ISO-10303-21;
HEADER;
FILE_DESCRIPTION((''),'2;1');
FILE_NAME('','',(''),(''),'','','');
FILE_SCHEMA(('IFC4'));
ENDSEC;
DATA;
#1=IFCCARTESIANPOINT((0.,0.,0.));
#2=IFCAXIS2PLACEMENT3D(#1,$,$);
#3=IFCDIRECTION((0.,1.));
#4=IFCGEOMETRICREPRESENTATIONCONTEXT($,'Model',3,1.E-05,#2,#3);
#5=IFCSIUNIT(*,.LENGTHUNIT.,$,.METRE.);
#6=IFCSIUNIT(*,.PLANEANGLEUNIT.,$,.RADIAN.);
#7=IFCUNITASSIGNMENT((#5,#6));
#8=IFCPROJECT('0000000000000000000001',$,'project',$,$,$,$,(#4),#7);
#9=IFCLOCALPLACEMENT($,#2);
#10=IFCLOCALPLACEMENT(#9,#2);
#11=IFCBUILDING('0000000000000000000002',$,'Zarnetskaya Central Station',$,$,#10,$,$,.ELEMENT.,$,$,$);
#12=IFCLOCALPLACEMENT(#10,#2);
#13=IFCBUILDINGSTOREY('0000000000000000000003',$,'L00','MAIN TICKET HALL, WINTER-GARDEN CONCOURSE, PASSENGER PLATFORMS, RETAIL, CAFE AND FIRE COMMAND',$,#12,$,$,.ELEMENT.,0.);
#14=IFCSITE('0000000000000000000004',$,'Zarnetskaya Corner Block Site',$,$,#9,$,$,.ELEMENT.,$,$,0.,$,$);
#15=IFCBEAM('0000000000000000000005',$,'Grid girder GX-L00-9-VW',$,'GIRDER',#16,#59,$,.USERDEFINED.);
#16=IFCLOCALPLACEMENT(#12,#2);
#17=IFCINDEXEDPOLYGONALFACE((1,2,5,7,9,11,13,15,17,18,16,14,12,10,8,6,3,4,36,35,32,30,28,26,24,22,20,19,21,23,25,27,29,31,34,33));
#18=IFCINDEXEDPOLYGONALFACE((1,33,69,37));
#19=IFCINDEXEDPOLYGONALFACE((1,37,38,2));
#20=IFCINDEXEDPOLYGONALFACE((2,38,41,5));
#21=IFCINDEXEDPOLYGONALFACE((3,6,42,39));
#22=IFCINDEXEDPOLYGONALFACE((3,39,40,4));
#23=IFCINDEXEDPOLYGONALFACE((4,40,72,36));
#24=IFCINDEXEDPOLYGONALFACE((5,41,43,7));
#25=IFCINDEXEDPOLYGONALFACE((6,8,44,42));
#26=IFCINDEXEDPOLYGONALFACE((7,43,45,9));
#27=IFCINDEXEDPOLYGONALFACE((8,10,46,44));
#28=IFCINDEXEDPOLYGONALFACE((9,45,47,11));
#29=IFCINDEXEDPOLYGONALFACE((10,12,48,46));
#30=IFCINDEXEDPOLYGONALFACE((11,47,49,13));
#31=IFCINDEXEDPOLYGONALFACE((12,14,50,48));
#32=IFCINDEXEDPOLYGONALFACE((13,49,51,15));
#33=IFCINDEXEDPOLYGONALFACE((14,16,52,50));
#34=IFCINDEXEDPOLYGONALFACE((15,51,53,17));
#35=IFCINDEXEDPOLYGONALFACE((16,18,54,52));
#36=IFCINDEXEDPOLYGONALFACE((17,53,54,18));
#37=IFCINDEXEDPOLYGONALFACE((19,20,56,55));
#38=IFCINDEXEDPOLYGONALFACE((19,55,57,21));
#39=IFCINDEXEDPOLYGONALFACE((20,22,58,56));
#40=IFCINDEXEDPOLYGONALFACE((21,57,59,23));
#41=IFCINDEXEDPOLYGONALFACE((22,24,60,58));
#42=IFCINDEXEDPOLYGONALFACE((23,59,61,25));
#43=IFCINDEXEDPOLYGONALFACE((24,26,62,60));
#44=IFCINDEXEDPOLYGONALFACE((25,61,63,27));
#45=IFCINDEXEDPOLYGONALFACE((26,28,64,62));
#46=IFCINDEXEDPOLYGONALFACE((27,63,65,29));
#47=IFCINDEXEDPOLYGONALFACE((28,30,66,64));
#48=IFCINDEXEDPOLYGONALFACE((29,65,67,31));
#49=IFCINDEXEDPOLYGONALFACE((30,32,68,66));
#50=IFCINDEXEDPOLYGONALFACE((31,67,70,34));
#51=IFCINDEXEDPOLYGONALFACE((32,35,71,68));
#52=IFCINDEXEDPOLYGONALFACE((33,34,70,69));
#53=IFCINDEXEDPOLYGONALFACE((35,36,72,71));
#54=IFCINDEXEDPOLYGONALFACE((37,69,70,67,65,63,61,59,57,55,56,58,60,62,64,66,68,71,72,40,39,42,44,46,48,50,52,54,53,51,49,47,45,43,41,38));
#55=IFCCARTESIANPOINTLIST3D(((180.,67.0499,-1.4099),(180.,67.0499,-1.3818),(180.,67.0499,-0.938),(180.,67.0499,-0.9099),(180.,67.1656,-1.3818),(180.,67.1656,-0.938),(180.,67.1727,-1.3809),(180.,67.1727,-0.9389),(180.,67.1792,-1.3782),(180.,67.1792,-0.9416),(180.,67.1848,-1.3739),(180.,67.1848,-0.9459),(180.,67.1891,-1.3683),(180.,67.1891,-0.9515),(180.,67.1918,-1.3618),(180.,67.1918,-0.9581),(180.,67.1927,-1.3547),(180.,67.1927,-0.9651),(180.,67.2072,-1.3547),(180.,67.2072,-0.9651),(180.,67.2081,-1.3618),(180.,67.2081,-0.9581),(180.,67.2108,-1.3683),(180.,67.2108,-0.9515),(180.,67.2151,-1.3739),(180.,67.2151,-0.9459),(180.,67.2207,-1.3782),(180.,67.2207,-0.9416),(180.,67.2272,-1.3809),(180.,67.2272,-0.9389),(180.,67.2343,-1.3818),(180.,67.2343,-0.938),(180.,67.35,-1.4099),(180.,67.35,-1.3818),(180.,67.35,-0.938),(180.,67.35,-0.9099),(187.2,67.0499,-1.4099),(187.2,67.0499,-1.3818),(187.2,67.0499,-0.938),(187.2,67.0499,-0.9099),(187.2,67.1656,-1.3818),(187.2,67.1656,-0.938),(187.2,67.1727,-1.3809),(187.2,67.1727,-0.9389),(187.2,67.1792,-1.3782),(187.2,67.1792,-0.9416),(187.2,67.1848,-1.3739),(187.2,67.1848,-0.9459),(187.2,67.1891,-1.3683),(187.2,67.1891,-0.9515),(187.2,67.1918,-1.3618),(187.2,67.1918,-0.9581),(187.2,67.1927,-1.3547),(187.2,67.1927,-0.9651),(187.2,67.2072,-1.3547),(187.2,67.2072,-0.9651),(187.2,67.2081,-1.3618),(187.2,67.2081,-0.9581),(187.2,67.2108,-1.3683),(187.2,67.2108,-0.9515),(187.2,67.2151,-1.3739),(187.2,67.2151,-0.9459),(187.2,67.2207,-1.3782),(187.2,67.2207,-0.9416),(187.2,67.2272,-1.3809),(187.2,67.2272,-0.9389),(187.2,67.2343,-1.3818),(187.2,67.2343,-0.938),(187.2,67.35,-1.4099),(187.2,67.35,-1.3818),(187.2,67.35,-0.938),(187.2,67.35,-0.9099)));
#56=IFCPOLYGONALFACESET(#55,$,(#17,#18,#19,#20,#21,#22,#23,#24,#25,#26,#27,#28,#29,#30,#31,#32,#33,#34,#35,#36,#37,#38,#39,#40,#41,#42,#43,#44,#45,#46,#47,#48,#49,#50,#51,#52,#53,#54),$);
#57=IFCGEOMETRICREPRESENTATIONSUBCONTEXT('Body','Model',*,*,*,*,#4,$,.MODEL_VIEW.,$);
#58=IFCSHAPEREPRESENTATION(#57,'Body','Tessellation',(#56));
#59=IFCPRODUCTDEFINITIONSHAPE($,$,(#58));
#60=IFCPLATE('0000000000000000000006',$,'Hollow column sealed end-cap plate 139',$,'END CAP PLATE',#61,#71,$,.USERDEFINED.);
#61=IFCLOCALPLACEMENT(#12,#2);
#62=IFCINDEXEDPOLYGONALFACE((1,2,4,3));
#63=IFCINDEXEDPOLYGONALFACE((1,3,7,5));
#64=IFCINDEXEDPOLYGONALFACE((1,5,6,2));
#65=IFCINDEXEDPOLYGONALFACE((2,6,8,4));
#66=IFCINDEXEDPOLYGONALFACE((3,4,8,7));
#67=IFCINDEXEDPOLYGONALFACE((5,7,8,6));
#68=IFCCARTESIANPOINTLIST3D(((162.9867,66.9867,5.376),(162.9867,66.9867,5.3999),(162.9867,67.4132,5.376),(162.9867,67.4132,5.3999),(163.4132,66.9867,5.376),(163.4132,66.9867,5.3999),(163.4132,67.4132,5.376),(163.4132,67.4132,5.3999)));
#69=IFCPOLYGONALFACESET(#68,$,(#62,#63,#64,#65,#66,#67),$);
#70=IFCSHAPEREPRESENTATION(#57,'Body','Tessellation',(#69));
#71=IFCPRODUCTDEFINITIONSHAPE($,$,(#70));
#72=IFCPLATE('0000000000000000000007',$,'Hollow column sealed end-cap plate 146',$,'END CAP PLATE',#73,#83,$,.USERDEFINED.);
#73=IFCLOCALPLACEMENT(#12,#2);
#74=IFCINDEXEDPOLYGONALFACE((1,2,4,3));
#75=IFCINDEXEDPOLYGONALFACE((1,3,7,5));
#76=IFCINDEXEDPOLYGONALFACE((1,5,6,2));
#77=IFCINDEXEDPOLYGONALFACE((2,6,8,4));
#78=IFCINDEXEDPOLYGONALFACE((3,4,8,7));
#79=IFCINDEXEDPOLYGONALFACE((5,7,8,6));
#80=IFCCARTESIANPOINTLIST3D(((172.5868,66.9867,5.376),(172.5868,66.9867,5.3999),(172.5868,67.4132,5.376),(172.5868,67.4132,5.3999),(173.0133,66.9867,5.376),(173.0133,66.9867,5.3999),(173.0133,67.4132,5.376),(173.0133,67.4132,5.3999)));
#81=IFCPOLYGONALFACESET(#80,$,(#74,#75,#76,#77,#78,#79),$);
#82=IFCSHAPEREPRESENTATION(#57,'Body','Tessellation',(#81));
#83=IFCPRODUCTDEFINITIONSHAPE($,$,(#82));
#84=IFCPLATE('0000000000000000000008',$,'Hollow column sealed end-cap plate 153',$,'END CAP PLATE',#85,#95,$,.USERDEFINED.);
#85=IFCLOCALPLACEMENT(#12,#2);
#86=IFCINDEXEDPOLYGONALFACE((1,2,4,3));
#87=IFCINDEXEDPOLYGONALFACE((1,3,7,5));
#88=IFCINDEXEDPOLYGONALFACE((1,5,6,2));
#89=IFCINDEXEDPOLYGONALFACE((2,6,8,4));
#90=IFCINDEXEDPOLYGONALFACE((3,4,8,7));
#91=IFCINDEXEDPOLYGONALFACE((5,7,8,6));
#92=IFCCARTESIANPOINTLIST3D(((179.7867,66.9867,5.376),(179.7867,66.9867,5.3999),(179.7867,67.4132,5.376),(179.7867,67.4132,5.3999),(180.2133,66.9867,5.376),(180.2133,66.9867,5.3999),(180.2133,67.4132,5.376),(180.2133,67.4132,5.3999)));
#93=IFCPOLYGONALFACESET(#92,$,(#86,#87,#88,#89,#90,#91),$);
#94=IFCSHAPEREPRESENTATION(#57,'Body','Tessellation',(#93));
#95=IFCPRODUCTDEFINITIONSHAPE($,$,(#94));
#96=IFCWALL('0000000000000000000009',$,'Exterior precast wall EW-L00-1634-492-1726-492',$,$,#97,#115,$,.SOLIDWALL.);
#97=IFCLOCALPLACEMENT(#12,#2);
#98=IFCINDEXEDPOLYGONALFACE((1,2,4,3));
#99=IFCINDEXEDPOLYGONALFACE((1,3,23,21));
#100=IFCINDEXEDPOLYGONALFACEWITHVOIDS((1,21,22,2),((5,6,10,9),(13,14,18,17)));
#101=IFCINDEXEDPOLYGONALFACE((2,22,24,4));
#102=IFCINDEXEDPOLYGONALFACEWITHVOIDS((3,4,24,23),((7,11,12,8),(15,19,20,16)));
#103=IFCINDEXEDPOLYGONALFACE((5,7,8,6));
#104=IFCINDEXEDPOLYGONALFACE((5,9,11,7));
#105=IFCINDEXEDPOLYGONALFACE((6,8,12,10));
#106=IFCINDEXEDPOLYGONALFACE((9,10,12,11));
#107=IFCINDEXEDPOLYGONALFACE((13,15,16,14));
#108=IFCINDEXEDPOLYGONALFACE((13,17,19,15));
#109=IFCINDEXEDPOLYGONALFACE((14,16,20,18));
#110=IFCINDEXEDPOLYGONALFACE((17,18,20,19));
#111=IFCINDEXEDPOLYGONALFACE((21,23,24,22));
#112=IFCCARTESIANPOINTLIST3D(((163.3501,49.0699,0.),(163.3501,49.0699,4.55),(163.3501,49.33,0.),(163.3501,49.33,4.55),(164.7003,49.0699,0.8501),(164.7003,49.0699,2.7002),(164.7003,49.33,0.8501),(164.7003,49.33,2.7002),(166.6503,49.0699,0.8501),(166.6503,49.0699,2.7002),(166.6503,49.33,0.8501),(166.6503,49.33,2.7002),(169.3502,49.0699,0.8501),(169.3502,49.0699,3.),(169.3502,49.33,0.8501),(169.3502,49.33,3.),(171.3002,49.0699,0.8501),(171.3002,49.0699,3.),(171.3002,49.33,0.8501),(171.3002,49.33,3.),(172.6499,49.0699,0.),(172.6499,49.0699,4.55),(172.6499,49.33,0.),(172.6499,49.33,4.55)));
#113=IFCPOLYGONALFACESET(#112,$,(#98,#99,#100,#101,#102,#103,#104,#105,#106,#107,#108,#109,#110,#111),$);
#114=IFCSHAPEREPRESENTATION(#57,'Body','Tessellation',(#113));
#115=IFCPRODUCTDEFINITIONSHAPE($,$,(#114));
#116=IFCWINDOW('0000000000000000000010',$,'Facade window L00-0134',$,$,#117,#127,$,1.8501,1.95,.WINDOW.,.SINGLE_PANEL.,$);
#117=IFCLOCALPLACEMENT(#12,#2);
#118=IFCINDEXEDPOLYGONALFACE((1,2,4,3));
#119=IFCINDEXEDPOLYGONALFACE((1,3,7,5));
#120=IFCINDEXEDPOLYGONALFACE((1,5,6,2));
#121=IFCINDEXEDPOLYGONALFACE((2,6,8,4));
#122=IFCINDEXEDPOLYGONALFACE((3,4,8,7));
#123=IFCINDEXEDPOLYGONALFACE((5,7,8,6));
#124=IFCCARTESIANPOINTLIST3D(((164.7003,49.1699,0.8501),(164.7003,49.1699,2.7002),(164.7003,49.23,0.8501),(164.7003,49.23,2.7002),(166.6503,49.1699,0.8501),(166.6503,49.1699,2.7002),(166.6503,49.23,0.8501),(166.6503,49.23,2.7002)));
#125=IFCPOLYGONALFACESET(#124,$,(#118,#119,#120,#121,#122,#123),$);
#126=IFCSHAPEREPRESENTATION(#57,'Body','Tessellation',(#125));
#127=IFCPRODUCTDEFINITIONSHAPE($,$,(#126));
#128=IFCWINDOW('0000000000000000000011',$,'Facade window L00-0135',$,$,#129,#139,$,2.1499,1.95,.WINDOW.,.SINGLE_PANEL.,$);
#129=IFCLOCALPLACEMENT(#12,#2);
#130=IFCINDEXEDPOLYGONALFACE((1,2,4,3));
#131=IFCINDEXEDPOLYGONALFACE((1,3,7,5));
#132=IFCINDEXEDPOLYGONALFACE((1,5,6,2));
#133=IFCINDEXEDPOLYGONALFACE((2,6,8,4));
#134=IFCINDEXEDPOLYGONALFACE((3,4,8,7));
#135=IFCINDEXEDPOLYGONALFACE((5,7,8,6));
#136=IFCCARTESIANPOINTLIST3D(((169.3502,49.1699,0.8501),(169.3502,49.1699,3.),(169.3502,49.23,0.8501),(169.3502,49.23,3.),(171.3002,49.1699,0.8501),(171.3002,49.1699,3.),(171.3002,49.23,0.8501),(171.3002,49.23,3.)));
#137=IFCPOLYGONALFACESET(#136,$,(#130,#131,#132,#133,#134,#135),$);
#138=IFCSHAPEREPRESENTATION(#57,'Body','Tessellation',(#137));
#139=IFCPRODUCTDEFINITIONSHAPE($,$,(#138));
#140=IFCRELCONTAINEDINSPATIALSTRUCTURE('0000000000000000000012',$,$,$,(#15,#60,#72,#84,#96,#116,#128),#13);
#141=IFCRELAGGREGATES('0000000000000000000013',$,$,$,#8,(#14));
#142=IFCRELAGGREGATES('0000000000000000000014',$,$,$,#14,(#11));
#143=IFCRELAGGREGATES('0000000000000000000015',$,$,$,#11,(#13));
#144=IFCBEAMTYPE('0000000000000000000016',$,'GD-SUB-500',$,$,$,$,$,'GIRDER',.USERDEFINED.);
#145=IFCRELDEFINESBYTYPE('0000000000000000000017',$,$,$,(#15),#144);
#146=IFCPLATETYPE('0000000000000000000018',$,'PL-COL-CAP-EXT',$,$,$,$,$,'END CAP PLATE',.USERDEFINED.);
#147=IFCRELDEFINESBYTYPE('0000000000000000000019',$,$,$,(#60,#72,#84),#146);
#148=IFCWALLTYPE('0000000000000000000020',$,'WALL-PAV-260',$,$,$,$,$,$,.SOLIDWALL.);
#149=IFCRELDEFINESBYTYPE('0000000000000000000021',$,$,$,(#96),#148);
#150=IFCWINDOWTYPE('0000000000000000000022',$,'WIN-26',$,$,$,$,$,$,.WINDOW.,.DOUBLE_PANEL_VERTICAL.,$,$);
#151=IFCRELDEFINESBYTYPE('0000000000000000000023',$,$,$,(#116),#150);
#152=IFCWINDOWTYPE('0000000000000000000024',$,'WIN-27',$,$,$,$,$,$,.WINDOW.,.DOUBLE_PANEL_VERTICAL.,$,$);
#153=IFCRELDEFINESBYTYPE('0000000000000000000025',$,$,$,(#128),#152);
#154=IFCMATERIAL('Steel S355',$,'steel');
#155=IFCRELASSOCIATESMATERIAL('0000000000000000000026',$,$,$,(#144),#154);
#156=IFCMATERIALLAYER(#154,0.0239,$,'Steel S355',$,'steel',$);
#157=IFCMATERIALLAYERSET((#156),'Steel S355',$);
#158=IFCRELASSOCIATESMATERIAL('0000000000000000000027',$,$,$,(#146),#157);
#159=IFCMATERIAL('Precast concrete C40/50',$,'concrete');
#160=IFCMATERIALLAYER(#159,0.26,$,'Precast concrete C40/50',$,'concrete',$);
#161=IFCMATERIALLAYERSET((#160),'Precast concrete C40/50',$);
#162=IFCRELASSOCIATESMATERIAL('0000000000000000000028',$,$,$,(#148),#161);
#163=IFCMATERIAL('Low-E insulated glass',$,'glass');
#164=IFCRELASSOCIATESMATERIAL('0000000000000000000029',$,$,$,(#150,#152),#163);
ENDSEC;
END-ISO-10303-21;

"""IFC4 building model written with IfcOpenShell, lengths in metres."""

from ifc_helpers import new_model, si_unit, direction, frame, frame_2d, origin, origin_2d, place, context, subcontext, project, spatial, rectangle, i_section, extrude, material, layer, layer_set, material_profile, profile_set, type_object, element, fill, save


model = new_model("IFC4")

# Units and contexts
model_context = context("Model", 3, precision=1e-05, world=origin(), true_north=direction((0.0, 1.0)))
body_context = subcontext(model_context, "Body", "Model", "MODEL_VIEW")
ifc_project = project(units=[si_unit("LENGTHUNIT", "METRE"), si_unit("PLANEANGLEUNIT", "RADIAN")], contexts=[model_context])

# Site, building, storey
site_placement = place(None, origin())
site = spatial("IfcSite", under=ifc_project, at=site_placement, Name="Zarnetskaya Corner Block Site", CompositionType="ELEMENT", RefElevation=0.0)
building_placement = place(site_placement, origin())
building = spatial("IfcBuilding", under=site, at=building_placement, Name="Zarnetskaya Central Station", CompositionType="ELEMENT")
storey_placement = place(building_placement, origin())
storey = spatial("IfcBuildingStorey", under=building, at=storey_placement, Name="L00", Description="MAIN TICKET HALL, WINTER-GARDEN CONCOURSE, PASSENGER PLATFORMS, RETAIL, CAFE AND FIRE COMMAND", CompositionType="ELEMENT", Elevation=0.0)

# Shared definitions
ifc_material_1 = material(Name="Steel S355", Category="steel")

# Beam
ifc_material_profile_1 = material_profile(ifc_material_1, i_section(OverallWidth=0.3, OverallDepth=0.5, WebThickness=0.0144, FlangeThickness=0.0281, FilletRadius=0.0271, at=origin_2d()), Name="HEB 500")
ifc_profile_set_1 = profile_set([ifc_material_profile_1], Name="Steel S355")
beam_type_1 = type_object("IfcBeamType", Name="GD-SUB-500", ElementType="GIRDER", PredefinedType="USERDEFINED", material=ifc_profile_set_1)
for number, where, z_axis, x_axis, name in (
    (1, (180.0, 67.2, -1.1599), (1.0, 0.0, 0.0), (0.0, 1.0, 0.0), "Grid girder GX-L00-9-VW"),
):
    element("IfcBeam", number, at=place(storey_placement, frame(where, z_axis=z_axis, x_axis=x_axis)), inside=storey, type_object=beam_type_1, Name=name, ObjectType="GIRDER", PredefinedType="USERDEFINED", context=body_context, shape_type="SweptSolid", body=[
        extrude(i_section(OverallWidth=0.3, OverallDepth=0.5, WebThickness=0.0144, FlangeThickness=0.0281, FilletRadius=0.0271, at=origin_2d()), origin(), (0.0, 0.0, 1.0), 7.2),
    ])

# Plates
ifc_layer_1 = layer(ifc_material_1, 0.0239, Name="Steel S355", Category="steel")
ifc_layer_set_1 = layer_set([ifc_layer_1], Name="Steel S355")
plate_type = type_object("IfcPlateType", Name="PL-COL-CAP-EXT", ElementType="END CAP PLATE", PredefinedType="USERDEFINED", material=ifc_layer_set_1)
for number, where, z_axis, x_axis, name in (
    (2, (163.2, 67.2, 5.376), (0.0, 0.0, 1.0), (1.0, 0.0, 0.0), "Hollow column sealed end-cap plate 139"),
    (3, (172.8, 67.2, 5.376), (0.0, 0.0, 1.0), (1.0, 0.0, 0.0), "Hollow column sealed end-cap plate 146"),
    (4, (180.0, 67.2, 5.376), (0.0, 0.0, 1.0), (1.0, 0.0, 0.0), "Hollow column sealed end-cap plate 153"),
):
    element("IfcPlate", number, at=place(storey_placement, frame(where, z_axis=z_axis, x_axis=x_axis)), inside=storey, type_object=plate_type, Name=name, ObjectType="END CAP PLATE", PredefinedType="USERDEFINED", context=body_context, shape_type="SweptSolid", body=[
        extrude(rectangle(XDim=0.4265, YDim=0.4265, at=origin_2d()), origin(), (0.0, 0.0, 1.0), 0.0239),
    ])

# Wall, openings, windows
ifc_material_2 = material(Name="Precast concrete C40/50", Category="concrete")
ifc_layer_2 = layer(ifc_material_2, 0.26, Name="Precast concrete C40/50", Category="concrete")
ifc_layer_set_2 = layer_set([ifc_layer_2], Name="Precast concrete C40/50")
wall_type = type_object("IfcWallType", Name="WALL-PAV-260", PredefinedType="SOLIDWALL", material=ifc_layer_set_2)
wall_1_placement = place(storey_placement, frame((163.3501, 49.2, 0.0), z_axis=(0.0, 0.0, 1.0), x_axis=(1.0, 0.0, 0.0)))
wall_1 = element("IfcWall", 5, at=wall_1_placement, inside=storey, type_object=wall_type, Name="Exterior precast wall EW-L00-1634-492-1726-492", PredefinedType="SOLIDWALL", context=body_context, shape_type="SweptSolid", body=[
    extrude(rectangle(XDim=9.2998, YDim=0.26, at=frame_2d((4.6499, 0.0))), origin(), (0.0, 0.0, 1.0), 4.55),
])
opening_1_placement = place(wall_1_placement, frame((1.3501, 0.0, 0.8501)))
opening_1 = element("IfcOpeningElement", 6, at=opening_1_placement, cuts=wall_1, PredefinedType="OPENING", context=body_context, shape_type="SweptSolid", body=[
    extrude(rectangle(XDim=1.95, YDim=1.8501, at=frame_2d((0.9751, 0.925))), frame((0.0, 0.1401, 0.0), z_axis=(0.0, -1.0, 0.0), x_axis=(1.0, 0.0, 0.0)), (0.0, 0.0, 1.0), 0.28),
])
opening_2_placement = place(wall_1_placement, frame((6.0, 0.0, 0.8501)))
opening_2 = element("IfcOpeningElement", 7, at=opening_2_placement, cuts=wall_1, PredefinedType="OPENING", context=body_context, shape_type="SweptSolid", body=[
    extrude(rectangle(XDim=1.95, YDim=2.1499, at=frame_2d((0.9751, 1.075))), frame((0.0, 0.1401, 0.0), z_axis=(0.0, -1.0, 0.0), x_axis=(1.0, 0.0, 0.0)), (0.0, 0.0, 1.0), 0.28),
])
ifc_material_3 = material(Name="Low-E insulated glass", Category="glass")
window_type_1 = type_object("IfcWindowType", Name="WIN-26", PartitioningType="DOUBLE_PANEL_VERTICAL", PredefinedType="WINDOW", material=ifc_material_3)
window_1_placement = place(opening_1_placement, origin())
window_1 = element("IfcWindow", 8, at=window_1_placement, inside=storey, type_object=window_type_1, Name="Facade window L00-0134", OverallHeight=1.8501, OverallWidth=1.95, PartitioningType="SINGLE_PANEL", PredefinedType="WINDOW", context=body_context, shape_type="SweptSolid", body=[
    extrude(rectangle(XDim=1.95, YDim=1.8501, at=frame_2d((0.9751, 0.925))), frame((0.0, 0.03, 0.0), z_axis=(0.0, -1.0, 0.0), x_axis=(1.0, 0.0, 0.0)), (0.0, 0.0, 1.0), 0.0601),
])
fill(opening_1, window_1)
window_type_2 = type_object("IfcWindowType", Name="WIN-27", PartitioningType="DOUBLE_PANEL_VERTICAL", PredefinedType="WINDOW", material=ifc_material_3)
window_2_placement = place(opening_2_placement, origin())
window_2 = element("IfcWindow", 9, at=window_2_placement, inside=storey, type_object=window_type_2, Name="Facade window L00-0135", OverallHeight=2.1499, OverallWidth=1.95, PartitioningType="SINGLE_PANEL", PredefinedType="WINDOW", context=body_context, shape_type="SweptSolid", body=[
    extrude(rectangle(XDim=1.95, YDim=2.1499, at=frame_2d((0.9751, 1.075))), frame((0.0, 0.03, 0.0), z_axis=(0.0, -1.0, 0.0), x_axis=(1.0, 0.0, 0.0)), (0.0, 0.0, 1.0), 0.0601),
])
fill(opening_2, window_2)

save(model, "model.ifc")
